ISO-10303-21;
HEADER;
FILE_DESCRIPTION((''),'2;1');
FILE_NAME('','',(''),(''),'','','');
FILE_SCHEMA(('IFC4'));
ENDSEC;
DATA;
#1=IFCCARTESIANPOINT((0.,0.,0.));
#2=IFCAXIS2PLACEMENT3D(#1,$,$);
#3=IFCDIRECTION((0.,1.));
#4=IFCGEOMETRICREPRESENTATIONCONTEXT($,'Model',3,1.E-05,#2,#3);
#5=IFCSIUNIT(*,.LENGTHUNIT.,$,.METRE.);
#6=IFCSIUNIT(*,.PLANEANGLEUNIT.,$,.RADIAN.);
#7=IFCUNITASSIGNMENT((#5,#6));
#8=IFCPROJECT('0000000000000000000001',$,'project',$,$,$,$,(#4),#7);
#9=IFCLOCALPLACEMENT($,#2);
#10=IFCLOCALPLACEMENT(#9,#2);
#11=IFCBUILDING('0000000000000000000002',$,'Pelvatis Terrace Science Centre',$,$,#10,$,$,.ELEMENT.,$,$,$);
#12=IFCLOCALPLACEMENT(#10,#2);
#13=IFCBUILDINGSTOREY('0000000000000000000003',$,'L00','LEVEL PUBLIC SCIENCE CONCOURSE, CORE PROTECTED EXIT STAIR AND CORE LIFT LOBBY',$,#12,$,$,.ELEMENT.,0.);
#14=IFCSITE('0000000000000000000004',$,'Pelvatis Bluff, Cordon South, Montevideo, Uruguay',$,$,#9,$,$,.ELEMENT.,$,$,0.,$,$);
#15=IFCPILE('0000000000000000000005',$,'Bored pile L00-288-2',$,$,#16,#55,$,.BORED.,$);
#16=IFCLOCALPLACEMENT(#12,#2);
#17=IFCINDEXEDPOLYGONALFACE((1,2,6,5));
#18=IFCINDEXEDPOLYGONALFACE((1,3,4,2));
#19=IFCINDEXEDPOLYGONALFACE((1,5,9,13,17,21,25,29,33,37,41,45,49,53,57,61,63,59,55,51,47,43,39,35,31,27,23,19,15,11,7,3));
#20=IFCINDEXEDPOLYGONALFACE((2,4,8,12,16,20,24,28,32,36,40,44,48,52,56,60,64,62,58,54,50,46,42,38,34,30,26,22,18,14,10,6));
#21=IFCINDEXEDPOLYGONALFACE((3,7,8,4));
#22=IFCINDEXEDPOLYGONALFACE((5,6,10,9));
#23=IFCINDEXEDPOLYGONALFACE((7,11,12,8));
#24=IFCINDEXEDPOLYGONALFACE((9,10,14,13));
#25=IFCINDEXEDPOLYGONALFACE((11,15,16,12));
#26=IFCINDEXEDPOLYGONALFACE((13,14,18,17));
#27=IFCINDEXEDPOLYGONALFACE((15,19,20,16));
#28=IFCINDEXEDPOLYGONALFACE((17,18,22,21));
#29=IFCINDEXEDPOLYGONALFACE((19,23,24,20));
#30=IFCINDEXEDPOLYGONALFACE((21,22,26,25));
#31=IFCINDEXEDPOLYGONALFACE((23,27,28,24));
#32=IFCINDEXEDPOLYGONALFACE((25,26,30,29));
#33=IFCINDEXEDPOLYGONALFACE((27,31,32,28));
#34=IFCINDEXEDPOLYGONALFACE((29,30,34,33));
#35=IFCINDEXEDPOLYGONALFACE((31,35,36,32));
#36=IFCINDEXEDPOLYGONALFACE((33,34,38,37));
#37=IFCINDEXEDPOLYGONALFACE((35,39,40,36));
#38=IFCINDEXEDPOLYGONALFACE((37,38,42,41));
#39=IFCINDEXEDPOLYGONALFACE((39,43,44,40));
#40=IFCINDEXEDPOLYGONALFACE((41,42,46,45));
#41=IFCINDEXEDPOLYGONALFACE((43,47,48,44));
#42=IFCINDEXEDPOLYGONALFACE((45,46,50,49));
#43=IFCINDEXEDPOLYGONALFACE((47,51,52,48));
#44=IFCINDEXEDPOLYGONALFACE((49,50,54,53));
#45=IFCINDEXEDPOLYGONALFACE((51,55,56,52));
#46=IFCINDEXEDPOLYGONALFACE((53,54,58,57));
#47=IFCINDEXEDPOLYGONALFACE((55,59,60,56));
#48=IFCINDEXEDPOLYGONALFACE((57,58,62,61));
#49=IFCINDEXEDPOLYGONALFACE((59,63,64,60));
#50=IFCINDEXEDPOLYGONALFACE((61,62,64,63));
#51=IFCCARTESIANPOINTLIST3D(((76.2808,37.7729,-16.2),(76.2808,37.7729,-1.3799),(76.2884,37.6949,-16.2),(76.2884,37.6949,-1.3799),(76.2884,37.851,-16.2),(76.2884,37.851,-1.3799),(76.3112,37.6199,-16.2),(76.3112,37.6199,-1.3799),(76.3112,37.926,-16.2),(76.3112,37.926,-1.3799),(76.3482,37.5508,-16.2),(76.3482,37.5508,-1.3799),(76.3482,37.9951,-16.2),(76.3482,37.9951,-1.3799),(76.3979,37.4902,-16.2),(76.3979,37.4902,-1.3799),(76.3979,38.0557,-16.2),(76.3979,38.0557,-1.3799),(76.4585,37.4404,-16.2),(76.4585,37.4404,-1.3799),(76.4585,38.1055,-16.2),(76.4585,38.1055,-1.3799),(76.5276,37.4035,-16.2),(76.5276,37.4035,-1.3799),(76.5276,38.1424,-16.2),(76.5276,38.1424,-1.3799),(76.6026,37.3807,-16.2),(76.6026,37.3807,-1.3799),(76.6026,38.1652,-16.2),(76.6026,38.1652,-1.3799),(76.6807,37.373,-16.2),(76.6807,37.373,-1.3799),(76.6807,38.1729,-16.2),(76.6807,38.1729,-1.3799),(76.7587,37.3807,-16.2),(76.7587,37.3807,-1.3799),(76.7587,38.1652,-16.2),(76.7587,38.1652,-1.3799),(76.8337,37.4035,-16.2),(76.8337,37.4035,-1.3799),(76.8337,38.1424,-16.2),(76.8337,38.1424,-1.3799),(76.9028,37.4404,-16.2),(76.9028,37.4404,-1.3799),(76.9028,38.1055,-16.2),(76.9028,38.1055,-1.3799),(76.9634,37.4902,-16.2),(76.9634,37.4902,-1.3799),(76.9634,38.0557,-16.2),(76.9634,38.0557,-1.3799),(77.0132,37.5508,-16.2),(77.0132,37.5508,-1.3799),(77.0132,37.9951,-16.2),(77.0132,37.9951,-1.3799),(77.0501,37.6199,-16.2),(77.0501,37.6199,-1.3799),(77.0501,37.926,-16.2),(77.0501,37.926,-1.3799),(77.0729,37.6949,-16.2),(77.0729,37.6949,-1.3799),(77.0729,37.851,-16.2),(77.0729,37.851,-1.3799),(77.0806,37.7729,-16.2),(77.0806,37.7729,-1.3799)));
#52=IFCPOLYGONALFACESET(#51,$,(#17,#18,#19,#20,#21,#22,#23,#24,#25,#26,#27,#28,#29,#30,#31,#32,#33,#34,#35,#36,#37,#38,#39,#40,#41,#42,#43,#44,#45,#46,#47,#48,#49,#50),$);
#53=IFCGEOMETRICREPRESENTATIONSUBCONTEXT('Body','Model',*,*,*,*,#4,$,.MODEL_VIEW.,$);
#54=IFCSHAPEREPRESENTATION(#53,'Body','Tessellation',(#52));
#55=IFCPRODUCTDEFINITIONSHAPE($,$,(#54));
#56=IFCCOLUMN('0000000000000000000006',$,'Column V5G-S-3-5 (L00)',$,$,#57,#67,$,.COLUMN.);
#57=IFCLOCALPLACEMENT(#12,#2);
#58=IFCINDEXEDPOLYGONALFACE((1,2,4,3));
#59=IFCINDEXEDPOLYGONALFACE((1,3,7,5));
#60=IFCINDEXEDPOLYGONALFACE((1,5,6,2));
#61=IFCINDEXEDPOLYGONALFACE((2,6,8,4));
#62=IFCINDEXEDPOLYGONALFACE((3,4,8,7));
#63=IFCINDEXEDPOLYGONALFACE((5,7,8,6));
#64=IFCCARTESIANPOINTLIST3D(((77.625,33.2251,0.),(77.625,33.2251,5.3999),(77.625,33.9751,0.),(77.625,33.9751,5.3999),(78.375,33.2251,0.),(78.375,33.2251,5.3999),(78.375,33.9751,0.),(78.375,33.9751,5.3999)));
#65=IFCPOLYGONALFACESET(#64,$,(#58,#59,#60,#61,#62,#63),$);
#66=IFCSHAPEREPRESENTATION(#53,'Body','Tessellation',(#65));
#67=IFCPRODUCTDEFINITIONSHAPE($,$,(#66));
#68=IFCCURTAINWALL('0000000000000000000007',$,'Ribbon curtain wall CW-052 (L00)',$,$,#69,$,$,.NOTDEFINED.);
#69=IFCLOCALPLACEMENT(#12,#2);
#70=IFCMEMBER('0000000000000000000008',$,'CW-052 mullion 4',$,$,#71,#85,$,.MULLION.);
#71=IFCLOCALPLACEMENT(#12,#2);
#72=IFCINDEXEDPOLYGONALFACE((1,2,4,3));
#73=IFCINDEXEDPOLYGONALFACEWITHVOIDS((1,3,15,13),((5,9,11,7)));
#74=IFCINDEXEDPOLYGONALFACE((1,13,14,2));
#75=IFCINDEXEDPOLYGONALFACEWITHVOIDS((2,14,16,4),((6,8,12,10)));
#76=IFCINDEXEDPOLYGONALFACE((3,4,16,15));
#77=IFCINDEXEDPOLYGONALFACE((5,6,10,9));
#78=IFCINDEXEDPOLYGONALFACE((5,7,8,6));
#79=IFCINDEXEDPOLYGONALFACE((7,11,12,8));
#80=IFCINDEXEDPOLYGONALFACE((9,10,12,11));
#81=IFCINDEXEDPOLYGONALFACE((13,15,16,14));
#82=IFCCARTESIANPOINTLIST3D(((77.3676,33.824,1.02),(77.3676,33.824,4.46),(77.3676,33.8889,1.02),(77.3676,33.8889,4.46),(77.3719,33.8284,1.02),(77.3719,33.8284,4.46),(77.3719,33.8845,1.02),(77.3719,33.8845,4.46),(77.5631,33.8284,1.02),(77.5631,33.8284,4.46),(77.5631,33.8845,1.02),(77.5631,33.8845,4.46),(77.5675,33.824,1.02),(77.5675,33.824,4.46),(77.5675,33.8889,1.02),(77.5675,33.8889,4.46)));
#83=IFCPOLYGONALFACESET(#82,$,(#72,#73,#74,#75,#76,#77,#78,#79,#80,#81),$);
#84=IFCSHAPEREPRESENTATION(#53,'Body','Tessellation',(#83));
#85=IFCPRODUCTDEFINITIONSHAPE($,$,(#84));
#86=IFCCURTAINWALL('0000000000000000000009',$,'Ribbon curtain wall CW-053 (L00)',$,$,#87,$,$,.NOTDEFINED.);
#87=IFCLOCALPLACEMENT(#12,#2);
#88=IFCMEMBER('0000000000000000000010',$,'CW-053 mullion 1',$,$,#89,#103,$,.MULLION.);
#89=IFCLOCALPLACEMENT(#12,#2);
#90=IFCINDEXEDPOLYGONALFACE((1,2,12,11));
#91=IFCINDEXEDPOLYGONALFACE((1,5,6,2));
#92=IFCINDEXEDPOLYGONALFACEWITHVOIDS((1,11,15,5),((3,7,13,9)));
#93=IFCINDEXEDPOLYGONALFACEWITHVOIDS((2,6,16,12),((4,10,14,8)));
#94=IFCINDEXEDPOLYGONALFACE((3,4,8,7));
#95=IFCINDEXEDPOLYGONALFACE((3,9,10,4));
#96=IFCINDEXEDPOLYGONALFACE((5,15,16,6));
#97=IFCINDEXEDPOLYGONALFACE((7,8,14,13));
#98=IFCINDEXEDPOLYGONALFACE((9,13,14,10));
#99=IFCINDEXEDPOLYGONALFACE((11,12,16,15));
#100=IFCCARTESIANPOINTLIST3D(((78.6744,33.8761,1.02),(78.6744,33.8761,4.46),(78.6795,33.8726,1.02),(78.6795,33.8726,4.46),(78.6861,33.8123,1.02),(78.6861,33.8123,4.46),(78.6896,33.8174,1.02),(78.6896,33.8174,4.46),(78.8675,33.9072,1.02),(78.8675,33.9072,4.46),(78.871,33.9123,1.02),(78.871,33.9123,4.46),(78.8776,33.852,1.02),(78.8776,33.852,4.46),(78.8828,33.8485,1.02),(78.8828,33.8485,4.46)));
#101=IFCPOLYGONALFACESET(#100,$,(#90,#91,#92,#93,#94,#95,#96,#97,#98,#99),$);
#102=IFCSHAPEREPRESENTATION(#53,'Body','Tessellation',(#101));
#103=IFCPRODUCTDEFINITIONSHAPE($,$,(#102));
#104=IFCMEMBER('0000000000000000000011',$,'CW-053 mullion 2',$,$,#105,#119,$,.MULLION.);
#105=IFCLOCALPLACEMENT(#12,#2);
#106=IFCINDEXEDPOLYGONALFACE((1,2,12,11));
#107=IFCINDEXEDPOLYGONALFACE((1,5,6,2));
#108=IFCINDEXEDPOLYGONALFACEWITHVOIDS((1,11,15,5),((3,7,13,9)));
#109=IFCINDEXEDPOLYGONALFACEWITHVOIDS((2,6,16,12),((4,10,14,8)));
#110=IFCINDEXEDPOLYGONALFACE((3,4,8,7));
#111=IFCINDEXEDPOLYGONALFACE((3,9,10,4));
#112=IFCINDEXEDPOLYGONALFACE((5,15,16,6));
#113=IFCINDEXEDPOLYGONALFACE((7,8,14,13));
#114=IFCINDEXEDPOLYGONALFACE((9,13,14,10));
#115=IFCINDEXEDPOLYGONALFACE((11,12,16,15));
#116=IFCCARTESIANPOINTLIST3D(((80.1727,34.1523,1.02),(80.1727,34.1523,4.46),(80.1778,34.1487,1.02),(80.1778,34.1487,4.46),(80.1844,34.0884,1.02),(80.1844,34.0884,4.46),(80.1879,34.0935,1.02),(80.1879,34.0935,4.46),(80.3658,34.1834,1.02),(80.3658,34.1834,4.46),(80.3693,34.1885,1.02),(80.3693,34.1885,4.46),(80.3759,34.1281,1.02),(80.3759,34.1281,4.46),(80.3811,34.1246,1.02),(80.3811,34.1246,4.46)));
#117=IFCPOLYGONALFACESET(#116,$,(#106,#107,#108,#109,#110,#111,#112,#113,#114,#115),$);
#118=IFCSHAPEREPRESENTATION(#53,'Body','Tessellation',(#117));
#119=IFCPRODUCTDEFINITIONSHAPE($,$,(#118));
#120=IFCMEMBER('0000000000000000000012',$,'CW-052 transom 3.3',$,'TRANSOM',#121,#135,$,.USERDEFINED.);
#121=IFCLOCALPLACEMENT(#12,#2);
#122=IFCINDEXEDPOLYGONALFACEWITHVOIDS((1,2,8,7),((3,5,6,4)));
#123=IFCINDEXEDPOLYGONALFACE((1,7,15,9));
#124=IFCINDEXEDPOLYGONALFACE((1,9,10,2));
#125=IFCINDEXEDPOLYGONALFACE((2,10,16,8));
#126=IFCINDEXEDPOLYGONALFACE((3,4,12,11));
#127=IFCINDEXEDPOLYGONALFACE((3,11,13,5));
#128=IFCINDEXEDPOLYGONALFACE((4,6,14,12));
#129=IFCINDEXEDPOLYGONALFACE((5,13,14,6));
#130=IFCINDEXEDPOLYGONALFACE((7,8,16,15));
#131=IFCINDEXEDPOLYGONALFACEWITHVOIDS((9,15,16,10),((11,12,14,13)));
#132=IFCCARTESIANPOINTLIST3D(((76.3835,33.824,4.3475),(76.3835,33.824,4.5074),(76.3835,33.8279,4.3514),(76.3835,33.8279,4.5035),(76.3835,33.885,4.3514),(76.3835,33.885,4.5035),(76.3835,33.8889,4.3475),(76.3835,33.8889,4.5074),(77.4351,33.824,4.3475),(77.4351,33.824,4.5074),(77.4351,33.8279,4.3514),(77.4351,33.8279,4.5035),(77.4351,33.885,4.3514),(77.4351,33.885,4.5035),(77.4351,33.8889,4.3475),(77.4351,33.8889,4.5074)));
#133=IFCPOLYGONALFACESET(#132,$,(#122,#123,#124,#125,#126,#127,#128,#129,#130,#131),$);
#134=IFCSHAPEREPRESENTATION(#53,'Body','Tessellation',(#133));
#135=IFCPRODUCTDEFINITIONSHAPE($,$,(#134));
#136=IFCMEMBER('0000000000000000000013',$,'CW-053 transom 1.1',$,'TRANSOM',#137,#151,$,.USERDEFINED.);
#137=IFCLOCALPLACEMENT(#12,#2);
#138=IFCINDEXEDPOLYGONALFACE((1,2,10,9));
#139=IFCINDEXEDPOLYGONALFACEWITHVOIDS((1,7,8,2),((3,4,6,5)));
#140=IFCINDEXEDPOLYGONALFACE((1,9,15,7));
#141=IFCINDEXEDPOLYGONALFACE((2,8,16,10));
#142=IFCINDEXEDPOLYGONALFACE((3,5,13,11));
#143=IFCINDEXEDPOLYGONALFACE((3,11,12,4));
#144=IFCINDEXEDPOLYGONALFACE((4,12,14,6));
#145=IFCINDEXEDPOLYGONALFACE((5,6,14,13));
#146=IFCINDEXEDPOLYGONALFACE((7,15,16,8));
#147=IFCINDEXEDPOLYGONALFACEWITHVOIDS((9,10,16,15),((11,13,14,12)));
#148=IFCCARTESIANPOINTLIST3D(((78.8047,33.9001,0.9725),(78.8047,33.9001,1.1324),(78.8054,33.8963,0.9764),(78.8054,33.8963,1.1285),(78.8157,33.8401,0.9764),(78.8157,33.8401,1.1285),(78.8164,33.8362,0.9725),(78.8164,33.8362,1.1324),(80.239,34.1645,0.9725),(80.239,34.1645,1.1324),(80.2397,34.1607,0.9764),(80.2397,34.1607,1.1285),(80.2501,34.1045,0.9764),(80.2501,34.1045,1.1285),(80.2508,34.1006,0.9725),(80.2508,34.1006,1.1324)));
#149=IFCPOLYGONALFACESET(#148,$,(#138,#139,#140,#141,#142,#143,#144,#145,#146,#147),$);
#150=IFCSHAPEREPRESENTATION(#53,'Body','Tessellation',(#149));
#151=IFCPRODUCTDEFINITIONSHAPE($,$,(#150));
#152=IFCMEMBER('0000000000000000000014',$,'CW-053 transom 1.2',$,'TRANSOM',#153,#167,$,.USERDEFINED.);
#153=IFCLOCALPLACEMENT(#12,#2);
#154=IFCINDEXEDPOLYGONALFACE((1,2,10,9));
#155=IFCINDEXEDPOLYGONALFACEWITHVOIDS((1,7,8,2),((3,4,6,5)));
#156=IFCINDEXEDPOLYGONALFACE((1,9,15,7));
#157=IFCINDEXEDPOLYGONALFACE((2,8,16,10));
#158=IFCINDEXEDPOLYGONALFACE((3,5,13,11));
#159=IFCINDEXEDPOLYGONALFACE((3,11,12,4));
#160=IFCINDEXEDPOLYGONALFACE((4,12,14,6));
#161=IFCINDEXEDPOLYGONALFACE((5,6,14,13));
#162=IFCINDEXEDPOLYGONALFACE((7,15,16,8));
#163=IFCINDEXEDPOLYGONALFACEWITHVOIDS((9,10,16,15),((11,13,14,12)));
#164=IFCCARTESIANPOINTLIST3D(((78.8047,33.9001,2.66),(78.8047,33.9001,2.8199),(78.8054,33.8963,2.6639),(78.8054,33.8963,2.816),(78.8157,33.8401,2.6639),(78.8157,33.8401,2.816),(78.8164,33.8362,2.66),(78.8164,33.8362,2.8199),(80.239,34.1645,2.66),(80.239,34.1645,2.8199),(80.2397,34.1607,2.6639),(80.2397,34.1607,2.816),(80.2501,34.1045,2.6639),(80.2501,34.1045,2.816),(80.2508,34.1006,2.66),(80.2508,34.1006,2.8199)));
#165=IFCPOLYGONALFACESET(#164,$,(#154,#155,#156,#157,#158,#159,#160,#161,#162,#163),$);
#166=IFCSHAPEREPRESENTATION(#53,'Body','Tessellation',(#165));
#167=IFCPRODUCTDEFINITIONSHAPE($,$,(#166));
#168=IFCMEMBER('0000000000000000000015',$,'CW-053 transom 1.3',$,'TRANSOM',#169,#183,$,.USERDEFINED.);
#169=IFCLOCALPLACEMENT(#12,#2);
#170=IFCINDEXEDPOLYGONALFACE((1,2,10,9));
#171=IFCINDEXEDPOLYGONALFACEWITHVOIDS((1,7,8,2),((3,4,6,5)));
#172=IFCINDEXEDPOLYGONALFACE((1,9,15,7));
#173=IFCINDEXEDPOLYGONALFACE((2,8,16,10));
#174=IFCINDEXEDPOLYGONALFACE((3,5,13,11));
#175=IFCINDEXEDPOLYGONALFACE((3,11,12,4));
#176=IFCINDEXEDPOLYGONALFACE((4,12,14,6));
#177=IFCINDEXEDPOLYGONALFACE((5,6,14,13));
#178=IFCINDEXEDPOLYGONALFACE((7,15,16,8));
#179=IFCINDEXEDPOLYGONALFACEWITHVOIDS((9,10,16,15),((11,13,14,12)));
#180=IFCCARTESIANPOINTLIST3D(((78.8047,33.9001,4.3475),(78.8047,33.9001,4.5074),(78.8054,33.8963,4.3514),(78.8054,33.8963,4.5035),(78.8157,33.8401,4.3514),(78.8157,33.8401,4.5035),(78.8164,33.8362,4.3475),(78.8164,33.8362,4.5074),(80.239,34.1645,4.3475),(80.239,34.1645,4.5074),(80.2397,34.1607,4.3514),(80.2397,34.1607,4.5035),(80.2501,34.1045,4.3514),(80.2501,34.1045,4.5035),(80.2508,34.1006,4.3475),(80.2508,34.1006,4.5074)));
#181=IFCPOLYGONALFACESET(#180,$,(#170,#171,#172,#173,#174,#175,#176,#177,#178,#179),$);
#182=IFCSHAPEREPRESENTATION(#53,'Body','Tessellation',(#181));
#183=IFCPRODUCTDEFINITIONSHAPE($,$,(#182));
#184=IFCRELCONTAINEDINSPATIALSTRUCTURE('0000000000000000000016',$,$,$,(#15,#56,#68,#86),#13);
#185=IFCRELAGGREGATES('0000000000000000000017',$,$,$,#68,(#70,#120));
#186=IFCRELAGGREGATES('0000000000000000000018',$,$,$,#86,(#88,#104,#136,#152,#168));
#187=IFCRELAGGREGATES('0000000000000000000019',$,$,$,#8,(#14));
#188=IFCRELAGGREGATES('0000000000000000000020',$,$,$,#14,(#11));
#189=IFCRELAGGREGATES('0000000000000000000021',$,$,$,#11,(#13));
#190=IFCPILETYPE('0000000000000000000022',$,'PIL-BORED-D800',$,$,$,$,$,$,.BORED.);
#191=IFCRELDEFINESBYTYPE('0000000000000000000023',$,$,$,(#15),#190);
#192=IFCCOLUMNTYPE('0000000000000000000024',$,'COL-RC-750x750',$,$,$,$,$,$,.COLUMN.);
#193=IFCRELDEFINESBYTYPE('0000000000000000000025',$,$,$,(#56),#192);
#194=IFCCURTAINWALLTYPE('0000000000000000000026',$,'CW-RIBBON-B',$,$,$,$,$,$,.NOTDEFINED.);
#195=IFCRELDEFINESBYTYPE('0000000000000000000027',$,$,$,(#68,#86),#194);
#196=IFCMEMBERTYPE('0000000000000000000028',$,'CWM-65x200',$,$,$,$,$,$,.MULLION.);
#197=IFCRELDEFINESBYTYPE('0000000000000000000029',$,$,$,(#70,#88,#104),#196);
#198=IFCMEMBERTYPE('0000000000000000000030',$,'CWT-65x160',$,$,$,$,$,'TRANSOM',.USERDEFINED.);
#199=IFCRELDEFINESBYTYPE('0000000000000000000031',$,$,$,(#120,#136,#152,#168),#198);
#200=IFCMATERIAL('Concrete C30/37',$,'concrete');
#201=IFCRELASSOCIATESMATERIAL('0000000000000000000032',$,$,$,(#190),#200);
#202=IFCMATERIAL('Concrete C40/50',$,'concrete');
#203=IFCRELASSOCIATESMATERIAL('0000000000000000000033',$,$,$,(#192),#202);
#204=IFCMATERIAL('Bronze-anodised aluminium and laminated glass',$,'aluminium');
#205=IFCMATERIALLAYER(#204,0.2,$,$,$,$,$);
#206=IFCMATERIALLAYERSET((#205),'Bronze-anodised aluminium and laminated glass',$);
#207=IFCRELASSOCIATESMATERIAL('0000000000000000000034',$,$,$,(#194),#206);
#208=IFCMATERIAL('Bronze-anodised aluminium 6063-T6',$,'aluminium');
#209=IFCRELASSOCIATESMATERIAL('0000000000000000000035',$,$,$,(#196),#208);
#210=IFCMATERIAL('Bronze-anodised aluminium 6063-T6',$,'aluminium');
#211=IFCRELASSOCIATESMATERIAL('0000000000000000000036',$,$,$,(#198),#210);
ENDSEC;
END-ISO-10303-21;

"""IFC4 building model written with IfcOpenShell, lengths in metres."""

from ifc_helpers import new_model, si_unit, direction, frame, origin, origin_2d, place, context, subcontext, project, spatial, rectangle, hollow_rectangle, circle, extrude, material, layer, layer_set, material_profile, profile_set, type_object, element, aggregate, save


model = new_model("IFC4")

# Units and contexts
model_context = context("Model", 3, precision=1e-05, world=origin(), true_north=direction((0.0, 1.0)))
body_context = subcontext(model_context, "Body", "Model", "MODEL_VIEW")
ifc_project = project(units=[si_unit("LENGTHUNIT", "METRE"), si_unit("PLANEANGLEUNIT", "RADIAN")], contexts=[model_context])

# Site, building, storey
site_placement = place(None, origin())
site = spatial("IfcSite", under=ifc_project, at=site_placement, Name="Pelvatis Bluff, Cordon South, Montevideo, Uruguay", CompositionType="ELEMENT", RefElevation=0.0)
building_placement = place(site_placement, origin())
building = spatial("IfcBuilding", under=site, at=building_placement, Name="Pelvatis Terrace Science Centre", CompositionType="ELEMENT")
storey_placement = place(building_placement, origin())
storey = spatial("IfcBuildingStorey", under=building, at=storey_placement, Name="L00", Description="LEVEL PUBLIC SCIENCE CONCOURSE, CORE PROTECTED EXIT STAIR AND CORE LIFT LOBBY", CompositionType="ELEMENT", Elevation=0.0)

# Pile
ifc_material_1 = material(Name="Concrete C30/37", Category="concrete")
ifc_material_profile_1 = material_profile(ifc_material_1, circle(Radius=0.3999, at=origin_2d()), Name="PILE D800")
ifc_profile_set_1 = profile_set([ifc_material_profile_1], Name="Concrete C30/37")
pile_type = type_object("IfcPileType", Name="PIL-BORED-D800", PredefinedType="BORED", material=ifc_profile_set_1)
pile_placement = place(storey_placement, frame((76.6807, 37.7729, -1.3799), z_axis=(0.0, 0.0, -1.0), x_axis=(1.0, 0.0, 0.0)))
element("IfcPile", 1, at=pile_placement, inside=storey, type_object=pile_type, Name="Bored pile L00-288-2", PredefinedType="BORED", context=body_context, shape_type="SweptSolid", body=[
    extrude(circle(Radius=0.3999, at=origin_2d()), origin(), (0.0, 0.0, 1.0), 14.8201),
])

# Column
ifc_material_2 = material(Name="Concrete C40/50", Category="concrete")
ifc_material_profile_2 = material_profile(ifc_material_2, rectangle(XDim=0.75, YDim=0.75, at=origin_2d()), Name="RC-COL 750x750")
ifc_profile_set_2 = profile_set([ifc_material_profile_2], Name="Concrete C40/50")
column_type = type_object("IfcColumnType", Name="COL-RC-750x750", PredefinedType="COLUMN", material=ifc_profile_set_2)
column_placement = place(storey_placement, frame((78.0, 33.6001, 0.0), z_axis=(0.0, 0.0, 1.0), x_axis=(1.0, 0.0, 0.0)))
element("IfcColumn", 2, at=column_placement, inside=storey, type_object=column_type, Name="Column V5G-S-3-5 (L00)", PredefinedType="COLUMN", context=body_context, shape_type="SweptSolid", body=[
    extrude(rectangle(XDim=0.75, YDim=0.75, at=origin_2d()), origin(), (0.0, 0.0, 1.0), 5.3999),
])

# Curtain wall, member
ifc_material_3 = material(Name="Bronze-anodised aluminium and laminated glass", Category="aluminium")
ifc_layer_1 = layer(ifc_material_3, 0.2)
ifc_layer_set_1 = layer_set([ifc_layer_1], Name="Bronze-anodised aluminium and laminated glass")
curtain_wall_type = type_object("IfcCurtainWallType", Name="CW-RIBBON-B", PredefinedType="NOTDEFINED", material=ifc_layer_set_1)
curtain_wall_1_placement = place(storey_placement, origin())
curtain_wall_1 = element("IfcCurtainWall", 3, at=curtain_wall_1_placement, inside=storey, type_object=curtain_wall_type, Name="Ribbon curtain wall CW-052 (L00)", PredefinedType="NOTDEFINED")
ifc_material_4 = material(Name="Bronze-anodised aluminium 6063-T6", Category="aluminium")
ifc_material_profile_3 = material_profile(ifc_material_4, hollow_rectangle(XDim=0.0649, YDim=0.2, WallThickness=0.0044, at=origin_2d()), Name="ALU-MUL 65x200")
ifc_profile_set_3 = profile_set([ifc_material_profile_3], Name="Bronze-anodised aluminium 6063-T6")
member_type_1 = type_object("IfcMemberType", Name="CWM-65x200", PredefinedType="MULLION", material=ifc_profile_set_3)
member_1_placement = place(storey_placement, frame((77.4675, 33.8564, 1.02), z_axis=(0.0, 0.0, 1.0), x_axis=(0.0, 1.0, 0.0)))
member_1 = element("IfcMember", 4, at=member_1_placement, type_object=member_type_1, Name="CW-052 mullion 4", PredefinedType="MULLION", context=body_context, shape_type="SweptSolid", body=[
    extrude(hollow_rectangle(XDim=0.0649, YDim=0.2, WallThickness=0.0044, at=origin_2d()), origin(), (0.0, 0.0, 1.0), 3.4399),
])

# Curtain wall, members
curtain_wall_2_placement = place(storey_placement, origin())
curtain_wall_2 = element("IfcCurtainWall", 5, at=curtain_wall_2_placement, inside=storey, type_object=curtain_wall_type, Name="Ribbon curtain wall CW-053 (L00)", PredefinedType="NOTDEFINED")
member_2_placement = place(storey_placement, frame((78.7786, 33.8623, 1.02), z_axis=(0.0, 0.0, 1.0), x_axis=(-0.18113, 0.983459, 0.0)))
member_2 = element("IfcMember", 6, at=member_2_placement, type_object=member_type_1, Name="CW-053 mullion 1", PredefinedType="MULLION", context=body_context, shape_type="SweptSolid", body=[
    extrude(hollow_rectangle(XDim=0.0649, YDim=0.2, WallThickness=0.0044, at=origin_2d()), origin(), (0.0, 0.0, 1.0), 3.4399),
])
member_3_placement = place(storey_placement, frame((80.2769, 34.1384, 1.02), z_axis=(0.0, 0.0, 1.0), x_axis=(-0.18113, 0.983459, 0.0)))
member_3 = element("IfcMember", 7, at=member_3_placement, type_object=member_type_1, Name="CW-053 mullion 2", PredefinedType="MULLION", context=body_context, shape_type="SweptSolid", body=[
    extrude(hollow_rectangle(XDim=0.0649, YDim=0.2, WallThickness=0.0044, at=origin_2d()), origin(), (0.0, 0.0, 1.0), 3.4399),
])

# Members
ifc_material_5 = material(Name="Bronze-anodised aluminium 6063-T6", Category="aluminium")
ifc_material_profile_4 = material_profile(ifc_material_5, hollow_rectangle(XDim=0.0649, YDim=0.1599, WallThickness=0.0039, at=origin_2d()), Name="ALU-TRN 65x160")
ifc_profile_set_4 = profile_set([ifc_material_profile_4], Name="Bronze-anodised aluminium 6063-T6")
member_type_2 = type_object("IfcMemberType", Name="CWT-65x160", ElementType="TRANSOM", PredefinedType="USERDEFINED", material=ifc_profile_set_4)
member_4_placement = place(storey_placement, frame((76.3835, 33.8564, 4.4275), z_axis=(1.0, 0.0, 0.0), x_axis=(0.0, 1.0, 0.0)))
member_4 = element("IfcMember", 8, at=member_4_placement, type_object=member_type_2, Name="CW-052 transom 3.3", ObjectType="TRANSOM", PredefinedType="USERDEFINED", context=body_context, shape_type="SweptSolid", body=[
    extrude(hollow_rectangle(XDim=0.0649, YDim=0.1599, WallThickness=0.0039, at=origin_2d()), origin(), (0.0, 0.0, 1.0), 1.0515),
])
member_5_placement = place(storey_placement, frame((78.8105, 33.8682, 1.0525), z_axis=(0.98343, 0.181286, 0.0), x_axis=(-0.181286, 0.98343, 0.0)))
member_5 = element("IfcMember", 9, at=member_5_placement, type_object=member_type_2, Name="CW-053 transom 1.1", ObjectType="TRANSOM", PredefinedType="USERDEFINED", context=body_context, shape_type="SweptSolid", body=[
    extrude(hollow_rectangle(XDim=0.0649, YDim=0.1599, WallThickness=0.0039, at=origin_2d()), origin(), (0.0, 0.0, 1.0), 1.4585),
])
member_6_placement = place(storey_placement, frame((78.8105, 33.8682, 2.74), z_axis=(0.98343, 0.181286, 0.0), x_axis=(-0.181286, 0.98343, 0.0)))
member_6 = element("IfcMember", 10, at=member_6_placement, type_object=member_type_2, Name="CW-053 transom 1.2", ObjectType="TRANSOM", PredefinedType="USERDEFINED", context=body_context, shape_type="SweptSolid", body=[
    extrude(hollow_rectangle(XDim=0.0649, YDim=0.1599, WallThickness=0.0039, at=origin_2d()), origin(), (0.0, 0.0, 1.0), 1.4585),
])
member_7_placement = place(storey_placement, frame((78.8105, 33.8682, 4.4275), z_axis=(0.98343, 0.181286, 0.0), x_axis=(-0.181286, 0.98343, 0.0)))
member_7 = element("IfcMember", 11, at=member_7_placement, type_object=member_type_2, Name="CW-053 transom 1.3", ObjectType="TRANSOM", PredefinedType="USERDEFINED", context=body_context, shape_type="SweptSolid", body=[
    extrude(hollow_rectangle(XDim=0.0649, YDim=0.1599, WallThickness=0.0039, at=origin_2d()), origin(), (0.0, 0.0, 1.0), 1.4585),
])

aggregate(curtain_wall_1, [member_1, member_4])
aggregate(curtain_wall_2, [member_2, member_3, member_5, member_6, member_7])

save(model, "model.ifc")
